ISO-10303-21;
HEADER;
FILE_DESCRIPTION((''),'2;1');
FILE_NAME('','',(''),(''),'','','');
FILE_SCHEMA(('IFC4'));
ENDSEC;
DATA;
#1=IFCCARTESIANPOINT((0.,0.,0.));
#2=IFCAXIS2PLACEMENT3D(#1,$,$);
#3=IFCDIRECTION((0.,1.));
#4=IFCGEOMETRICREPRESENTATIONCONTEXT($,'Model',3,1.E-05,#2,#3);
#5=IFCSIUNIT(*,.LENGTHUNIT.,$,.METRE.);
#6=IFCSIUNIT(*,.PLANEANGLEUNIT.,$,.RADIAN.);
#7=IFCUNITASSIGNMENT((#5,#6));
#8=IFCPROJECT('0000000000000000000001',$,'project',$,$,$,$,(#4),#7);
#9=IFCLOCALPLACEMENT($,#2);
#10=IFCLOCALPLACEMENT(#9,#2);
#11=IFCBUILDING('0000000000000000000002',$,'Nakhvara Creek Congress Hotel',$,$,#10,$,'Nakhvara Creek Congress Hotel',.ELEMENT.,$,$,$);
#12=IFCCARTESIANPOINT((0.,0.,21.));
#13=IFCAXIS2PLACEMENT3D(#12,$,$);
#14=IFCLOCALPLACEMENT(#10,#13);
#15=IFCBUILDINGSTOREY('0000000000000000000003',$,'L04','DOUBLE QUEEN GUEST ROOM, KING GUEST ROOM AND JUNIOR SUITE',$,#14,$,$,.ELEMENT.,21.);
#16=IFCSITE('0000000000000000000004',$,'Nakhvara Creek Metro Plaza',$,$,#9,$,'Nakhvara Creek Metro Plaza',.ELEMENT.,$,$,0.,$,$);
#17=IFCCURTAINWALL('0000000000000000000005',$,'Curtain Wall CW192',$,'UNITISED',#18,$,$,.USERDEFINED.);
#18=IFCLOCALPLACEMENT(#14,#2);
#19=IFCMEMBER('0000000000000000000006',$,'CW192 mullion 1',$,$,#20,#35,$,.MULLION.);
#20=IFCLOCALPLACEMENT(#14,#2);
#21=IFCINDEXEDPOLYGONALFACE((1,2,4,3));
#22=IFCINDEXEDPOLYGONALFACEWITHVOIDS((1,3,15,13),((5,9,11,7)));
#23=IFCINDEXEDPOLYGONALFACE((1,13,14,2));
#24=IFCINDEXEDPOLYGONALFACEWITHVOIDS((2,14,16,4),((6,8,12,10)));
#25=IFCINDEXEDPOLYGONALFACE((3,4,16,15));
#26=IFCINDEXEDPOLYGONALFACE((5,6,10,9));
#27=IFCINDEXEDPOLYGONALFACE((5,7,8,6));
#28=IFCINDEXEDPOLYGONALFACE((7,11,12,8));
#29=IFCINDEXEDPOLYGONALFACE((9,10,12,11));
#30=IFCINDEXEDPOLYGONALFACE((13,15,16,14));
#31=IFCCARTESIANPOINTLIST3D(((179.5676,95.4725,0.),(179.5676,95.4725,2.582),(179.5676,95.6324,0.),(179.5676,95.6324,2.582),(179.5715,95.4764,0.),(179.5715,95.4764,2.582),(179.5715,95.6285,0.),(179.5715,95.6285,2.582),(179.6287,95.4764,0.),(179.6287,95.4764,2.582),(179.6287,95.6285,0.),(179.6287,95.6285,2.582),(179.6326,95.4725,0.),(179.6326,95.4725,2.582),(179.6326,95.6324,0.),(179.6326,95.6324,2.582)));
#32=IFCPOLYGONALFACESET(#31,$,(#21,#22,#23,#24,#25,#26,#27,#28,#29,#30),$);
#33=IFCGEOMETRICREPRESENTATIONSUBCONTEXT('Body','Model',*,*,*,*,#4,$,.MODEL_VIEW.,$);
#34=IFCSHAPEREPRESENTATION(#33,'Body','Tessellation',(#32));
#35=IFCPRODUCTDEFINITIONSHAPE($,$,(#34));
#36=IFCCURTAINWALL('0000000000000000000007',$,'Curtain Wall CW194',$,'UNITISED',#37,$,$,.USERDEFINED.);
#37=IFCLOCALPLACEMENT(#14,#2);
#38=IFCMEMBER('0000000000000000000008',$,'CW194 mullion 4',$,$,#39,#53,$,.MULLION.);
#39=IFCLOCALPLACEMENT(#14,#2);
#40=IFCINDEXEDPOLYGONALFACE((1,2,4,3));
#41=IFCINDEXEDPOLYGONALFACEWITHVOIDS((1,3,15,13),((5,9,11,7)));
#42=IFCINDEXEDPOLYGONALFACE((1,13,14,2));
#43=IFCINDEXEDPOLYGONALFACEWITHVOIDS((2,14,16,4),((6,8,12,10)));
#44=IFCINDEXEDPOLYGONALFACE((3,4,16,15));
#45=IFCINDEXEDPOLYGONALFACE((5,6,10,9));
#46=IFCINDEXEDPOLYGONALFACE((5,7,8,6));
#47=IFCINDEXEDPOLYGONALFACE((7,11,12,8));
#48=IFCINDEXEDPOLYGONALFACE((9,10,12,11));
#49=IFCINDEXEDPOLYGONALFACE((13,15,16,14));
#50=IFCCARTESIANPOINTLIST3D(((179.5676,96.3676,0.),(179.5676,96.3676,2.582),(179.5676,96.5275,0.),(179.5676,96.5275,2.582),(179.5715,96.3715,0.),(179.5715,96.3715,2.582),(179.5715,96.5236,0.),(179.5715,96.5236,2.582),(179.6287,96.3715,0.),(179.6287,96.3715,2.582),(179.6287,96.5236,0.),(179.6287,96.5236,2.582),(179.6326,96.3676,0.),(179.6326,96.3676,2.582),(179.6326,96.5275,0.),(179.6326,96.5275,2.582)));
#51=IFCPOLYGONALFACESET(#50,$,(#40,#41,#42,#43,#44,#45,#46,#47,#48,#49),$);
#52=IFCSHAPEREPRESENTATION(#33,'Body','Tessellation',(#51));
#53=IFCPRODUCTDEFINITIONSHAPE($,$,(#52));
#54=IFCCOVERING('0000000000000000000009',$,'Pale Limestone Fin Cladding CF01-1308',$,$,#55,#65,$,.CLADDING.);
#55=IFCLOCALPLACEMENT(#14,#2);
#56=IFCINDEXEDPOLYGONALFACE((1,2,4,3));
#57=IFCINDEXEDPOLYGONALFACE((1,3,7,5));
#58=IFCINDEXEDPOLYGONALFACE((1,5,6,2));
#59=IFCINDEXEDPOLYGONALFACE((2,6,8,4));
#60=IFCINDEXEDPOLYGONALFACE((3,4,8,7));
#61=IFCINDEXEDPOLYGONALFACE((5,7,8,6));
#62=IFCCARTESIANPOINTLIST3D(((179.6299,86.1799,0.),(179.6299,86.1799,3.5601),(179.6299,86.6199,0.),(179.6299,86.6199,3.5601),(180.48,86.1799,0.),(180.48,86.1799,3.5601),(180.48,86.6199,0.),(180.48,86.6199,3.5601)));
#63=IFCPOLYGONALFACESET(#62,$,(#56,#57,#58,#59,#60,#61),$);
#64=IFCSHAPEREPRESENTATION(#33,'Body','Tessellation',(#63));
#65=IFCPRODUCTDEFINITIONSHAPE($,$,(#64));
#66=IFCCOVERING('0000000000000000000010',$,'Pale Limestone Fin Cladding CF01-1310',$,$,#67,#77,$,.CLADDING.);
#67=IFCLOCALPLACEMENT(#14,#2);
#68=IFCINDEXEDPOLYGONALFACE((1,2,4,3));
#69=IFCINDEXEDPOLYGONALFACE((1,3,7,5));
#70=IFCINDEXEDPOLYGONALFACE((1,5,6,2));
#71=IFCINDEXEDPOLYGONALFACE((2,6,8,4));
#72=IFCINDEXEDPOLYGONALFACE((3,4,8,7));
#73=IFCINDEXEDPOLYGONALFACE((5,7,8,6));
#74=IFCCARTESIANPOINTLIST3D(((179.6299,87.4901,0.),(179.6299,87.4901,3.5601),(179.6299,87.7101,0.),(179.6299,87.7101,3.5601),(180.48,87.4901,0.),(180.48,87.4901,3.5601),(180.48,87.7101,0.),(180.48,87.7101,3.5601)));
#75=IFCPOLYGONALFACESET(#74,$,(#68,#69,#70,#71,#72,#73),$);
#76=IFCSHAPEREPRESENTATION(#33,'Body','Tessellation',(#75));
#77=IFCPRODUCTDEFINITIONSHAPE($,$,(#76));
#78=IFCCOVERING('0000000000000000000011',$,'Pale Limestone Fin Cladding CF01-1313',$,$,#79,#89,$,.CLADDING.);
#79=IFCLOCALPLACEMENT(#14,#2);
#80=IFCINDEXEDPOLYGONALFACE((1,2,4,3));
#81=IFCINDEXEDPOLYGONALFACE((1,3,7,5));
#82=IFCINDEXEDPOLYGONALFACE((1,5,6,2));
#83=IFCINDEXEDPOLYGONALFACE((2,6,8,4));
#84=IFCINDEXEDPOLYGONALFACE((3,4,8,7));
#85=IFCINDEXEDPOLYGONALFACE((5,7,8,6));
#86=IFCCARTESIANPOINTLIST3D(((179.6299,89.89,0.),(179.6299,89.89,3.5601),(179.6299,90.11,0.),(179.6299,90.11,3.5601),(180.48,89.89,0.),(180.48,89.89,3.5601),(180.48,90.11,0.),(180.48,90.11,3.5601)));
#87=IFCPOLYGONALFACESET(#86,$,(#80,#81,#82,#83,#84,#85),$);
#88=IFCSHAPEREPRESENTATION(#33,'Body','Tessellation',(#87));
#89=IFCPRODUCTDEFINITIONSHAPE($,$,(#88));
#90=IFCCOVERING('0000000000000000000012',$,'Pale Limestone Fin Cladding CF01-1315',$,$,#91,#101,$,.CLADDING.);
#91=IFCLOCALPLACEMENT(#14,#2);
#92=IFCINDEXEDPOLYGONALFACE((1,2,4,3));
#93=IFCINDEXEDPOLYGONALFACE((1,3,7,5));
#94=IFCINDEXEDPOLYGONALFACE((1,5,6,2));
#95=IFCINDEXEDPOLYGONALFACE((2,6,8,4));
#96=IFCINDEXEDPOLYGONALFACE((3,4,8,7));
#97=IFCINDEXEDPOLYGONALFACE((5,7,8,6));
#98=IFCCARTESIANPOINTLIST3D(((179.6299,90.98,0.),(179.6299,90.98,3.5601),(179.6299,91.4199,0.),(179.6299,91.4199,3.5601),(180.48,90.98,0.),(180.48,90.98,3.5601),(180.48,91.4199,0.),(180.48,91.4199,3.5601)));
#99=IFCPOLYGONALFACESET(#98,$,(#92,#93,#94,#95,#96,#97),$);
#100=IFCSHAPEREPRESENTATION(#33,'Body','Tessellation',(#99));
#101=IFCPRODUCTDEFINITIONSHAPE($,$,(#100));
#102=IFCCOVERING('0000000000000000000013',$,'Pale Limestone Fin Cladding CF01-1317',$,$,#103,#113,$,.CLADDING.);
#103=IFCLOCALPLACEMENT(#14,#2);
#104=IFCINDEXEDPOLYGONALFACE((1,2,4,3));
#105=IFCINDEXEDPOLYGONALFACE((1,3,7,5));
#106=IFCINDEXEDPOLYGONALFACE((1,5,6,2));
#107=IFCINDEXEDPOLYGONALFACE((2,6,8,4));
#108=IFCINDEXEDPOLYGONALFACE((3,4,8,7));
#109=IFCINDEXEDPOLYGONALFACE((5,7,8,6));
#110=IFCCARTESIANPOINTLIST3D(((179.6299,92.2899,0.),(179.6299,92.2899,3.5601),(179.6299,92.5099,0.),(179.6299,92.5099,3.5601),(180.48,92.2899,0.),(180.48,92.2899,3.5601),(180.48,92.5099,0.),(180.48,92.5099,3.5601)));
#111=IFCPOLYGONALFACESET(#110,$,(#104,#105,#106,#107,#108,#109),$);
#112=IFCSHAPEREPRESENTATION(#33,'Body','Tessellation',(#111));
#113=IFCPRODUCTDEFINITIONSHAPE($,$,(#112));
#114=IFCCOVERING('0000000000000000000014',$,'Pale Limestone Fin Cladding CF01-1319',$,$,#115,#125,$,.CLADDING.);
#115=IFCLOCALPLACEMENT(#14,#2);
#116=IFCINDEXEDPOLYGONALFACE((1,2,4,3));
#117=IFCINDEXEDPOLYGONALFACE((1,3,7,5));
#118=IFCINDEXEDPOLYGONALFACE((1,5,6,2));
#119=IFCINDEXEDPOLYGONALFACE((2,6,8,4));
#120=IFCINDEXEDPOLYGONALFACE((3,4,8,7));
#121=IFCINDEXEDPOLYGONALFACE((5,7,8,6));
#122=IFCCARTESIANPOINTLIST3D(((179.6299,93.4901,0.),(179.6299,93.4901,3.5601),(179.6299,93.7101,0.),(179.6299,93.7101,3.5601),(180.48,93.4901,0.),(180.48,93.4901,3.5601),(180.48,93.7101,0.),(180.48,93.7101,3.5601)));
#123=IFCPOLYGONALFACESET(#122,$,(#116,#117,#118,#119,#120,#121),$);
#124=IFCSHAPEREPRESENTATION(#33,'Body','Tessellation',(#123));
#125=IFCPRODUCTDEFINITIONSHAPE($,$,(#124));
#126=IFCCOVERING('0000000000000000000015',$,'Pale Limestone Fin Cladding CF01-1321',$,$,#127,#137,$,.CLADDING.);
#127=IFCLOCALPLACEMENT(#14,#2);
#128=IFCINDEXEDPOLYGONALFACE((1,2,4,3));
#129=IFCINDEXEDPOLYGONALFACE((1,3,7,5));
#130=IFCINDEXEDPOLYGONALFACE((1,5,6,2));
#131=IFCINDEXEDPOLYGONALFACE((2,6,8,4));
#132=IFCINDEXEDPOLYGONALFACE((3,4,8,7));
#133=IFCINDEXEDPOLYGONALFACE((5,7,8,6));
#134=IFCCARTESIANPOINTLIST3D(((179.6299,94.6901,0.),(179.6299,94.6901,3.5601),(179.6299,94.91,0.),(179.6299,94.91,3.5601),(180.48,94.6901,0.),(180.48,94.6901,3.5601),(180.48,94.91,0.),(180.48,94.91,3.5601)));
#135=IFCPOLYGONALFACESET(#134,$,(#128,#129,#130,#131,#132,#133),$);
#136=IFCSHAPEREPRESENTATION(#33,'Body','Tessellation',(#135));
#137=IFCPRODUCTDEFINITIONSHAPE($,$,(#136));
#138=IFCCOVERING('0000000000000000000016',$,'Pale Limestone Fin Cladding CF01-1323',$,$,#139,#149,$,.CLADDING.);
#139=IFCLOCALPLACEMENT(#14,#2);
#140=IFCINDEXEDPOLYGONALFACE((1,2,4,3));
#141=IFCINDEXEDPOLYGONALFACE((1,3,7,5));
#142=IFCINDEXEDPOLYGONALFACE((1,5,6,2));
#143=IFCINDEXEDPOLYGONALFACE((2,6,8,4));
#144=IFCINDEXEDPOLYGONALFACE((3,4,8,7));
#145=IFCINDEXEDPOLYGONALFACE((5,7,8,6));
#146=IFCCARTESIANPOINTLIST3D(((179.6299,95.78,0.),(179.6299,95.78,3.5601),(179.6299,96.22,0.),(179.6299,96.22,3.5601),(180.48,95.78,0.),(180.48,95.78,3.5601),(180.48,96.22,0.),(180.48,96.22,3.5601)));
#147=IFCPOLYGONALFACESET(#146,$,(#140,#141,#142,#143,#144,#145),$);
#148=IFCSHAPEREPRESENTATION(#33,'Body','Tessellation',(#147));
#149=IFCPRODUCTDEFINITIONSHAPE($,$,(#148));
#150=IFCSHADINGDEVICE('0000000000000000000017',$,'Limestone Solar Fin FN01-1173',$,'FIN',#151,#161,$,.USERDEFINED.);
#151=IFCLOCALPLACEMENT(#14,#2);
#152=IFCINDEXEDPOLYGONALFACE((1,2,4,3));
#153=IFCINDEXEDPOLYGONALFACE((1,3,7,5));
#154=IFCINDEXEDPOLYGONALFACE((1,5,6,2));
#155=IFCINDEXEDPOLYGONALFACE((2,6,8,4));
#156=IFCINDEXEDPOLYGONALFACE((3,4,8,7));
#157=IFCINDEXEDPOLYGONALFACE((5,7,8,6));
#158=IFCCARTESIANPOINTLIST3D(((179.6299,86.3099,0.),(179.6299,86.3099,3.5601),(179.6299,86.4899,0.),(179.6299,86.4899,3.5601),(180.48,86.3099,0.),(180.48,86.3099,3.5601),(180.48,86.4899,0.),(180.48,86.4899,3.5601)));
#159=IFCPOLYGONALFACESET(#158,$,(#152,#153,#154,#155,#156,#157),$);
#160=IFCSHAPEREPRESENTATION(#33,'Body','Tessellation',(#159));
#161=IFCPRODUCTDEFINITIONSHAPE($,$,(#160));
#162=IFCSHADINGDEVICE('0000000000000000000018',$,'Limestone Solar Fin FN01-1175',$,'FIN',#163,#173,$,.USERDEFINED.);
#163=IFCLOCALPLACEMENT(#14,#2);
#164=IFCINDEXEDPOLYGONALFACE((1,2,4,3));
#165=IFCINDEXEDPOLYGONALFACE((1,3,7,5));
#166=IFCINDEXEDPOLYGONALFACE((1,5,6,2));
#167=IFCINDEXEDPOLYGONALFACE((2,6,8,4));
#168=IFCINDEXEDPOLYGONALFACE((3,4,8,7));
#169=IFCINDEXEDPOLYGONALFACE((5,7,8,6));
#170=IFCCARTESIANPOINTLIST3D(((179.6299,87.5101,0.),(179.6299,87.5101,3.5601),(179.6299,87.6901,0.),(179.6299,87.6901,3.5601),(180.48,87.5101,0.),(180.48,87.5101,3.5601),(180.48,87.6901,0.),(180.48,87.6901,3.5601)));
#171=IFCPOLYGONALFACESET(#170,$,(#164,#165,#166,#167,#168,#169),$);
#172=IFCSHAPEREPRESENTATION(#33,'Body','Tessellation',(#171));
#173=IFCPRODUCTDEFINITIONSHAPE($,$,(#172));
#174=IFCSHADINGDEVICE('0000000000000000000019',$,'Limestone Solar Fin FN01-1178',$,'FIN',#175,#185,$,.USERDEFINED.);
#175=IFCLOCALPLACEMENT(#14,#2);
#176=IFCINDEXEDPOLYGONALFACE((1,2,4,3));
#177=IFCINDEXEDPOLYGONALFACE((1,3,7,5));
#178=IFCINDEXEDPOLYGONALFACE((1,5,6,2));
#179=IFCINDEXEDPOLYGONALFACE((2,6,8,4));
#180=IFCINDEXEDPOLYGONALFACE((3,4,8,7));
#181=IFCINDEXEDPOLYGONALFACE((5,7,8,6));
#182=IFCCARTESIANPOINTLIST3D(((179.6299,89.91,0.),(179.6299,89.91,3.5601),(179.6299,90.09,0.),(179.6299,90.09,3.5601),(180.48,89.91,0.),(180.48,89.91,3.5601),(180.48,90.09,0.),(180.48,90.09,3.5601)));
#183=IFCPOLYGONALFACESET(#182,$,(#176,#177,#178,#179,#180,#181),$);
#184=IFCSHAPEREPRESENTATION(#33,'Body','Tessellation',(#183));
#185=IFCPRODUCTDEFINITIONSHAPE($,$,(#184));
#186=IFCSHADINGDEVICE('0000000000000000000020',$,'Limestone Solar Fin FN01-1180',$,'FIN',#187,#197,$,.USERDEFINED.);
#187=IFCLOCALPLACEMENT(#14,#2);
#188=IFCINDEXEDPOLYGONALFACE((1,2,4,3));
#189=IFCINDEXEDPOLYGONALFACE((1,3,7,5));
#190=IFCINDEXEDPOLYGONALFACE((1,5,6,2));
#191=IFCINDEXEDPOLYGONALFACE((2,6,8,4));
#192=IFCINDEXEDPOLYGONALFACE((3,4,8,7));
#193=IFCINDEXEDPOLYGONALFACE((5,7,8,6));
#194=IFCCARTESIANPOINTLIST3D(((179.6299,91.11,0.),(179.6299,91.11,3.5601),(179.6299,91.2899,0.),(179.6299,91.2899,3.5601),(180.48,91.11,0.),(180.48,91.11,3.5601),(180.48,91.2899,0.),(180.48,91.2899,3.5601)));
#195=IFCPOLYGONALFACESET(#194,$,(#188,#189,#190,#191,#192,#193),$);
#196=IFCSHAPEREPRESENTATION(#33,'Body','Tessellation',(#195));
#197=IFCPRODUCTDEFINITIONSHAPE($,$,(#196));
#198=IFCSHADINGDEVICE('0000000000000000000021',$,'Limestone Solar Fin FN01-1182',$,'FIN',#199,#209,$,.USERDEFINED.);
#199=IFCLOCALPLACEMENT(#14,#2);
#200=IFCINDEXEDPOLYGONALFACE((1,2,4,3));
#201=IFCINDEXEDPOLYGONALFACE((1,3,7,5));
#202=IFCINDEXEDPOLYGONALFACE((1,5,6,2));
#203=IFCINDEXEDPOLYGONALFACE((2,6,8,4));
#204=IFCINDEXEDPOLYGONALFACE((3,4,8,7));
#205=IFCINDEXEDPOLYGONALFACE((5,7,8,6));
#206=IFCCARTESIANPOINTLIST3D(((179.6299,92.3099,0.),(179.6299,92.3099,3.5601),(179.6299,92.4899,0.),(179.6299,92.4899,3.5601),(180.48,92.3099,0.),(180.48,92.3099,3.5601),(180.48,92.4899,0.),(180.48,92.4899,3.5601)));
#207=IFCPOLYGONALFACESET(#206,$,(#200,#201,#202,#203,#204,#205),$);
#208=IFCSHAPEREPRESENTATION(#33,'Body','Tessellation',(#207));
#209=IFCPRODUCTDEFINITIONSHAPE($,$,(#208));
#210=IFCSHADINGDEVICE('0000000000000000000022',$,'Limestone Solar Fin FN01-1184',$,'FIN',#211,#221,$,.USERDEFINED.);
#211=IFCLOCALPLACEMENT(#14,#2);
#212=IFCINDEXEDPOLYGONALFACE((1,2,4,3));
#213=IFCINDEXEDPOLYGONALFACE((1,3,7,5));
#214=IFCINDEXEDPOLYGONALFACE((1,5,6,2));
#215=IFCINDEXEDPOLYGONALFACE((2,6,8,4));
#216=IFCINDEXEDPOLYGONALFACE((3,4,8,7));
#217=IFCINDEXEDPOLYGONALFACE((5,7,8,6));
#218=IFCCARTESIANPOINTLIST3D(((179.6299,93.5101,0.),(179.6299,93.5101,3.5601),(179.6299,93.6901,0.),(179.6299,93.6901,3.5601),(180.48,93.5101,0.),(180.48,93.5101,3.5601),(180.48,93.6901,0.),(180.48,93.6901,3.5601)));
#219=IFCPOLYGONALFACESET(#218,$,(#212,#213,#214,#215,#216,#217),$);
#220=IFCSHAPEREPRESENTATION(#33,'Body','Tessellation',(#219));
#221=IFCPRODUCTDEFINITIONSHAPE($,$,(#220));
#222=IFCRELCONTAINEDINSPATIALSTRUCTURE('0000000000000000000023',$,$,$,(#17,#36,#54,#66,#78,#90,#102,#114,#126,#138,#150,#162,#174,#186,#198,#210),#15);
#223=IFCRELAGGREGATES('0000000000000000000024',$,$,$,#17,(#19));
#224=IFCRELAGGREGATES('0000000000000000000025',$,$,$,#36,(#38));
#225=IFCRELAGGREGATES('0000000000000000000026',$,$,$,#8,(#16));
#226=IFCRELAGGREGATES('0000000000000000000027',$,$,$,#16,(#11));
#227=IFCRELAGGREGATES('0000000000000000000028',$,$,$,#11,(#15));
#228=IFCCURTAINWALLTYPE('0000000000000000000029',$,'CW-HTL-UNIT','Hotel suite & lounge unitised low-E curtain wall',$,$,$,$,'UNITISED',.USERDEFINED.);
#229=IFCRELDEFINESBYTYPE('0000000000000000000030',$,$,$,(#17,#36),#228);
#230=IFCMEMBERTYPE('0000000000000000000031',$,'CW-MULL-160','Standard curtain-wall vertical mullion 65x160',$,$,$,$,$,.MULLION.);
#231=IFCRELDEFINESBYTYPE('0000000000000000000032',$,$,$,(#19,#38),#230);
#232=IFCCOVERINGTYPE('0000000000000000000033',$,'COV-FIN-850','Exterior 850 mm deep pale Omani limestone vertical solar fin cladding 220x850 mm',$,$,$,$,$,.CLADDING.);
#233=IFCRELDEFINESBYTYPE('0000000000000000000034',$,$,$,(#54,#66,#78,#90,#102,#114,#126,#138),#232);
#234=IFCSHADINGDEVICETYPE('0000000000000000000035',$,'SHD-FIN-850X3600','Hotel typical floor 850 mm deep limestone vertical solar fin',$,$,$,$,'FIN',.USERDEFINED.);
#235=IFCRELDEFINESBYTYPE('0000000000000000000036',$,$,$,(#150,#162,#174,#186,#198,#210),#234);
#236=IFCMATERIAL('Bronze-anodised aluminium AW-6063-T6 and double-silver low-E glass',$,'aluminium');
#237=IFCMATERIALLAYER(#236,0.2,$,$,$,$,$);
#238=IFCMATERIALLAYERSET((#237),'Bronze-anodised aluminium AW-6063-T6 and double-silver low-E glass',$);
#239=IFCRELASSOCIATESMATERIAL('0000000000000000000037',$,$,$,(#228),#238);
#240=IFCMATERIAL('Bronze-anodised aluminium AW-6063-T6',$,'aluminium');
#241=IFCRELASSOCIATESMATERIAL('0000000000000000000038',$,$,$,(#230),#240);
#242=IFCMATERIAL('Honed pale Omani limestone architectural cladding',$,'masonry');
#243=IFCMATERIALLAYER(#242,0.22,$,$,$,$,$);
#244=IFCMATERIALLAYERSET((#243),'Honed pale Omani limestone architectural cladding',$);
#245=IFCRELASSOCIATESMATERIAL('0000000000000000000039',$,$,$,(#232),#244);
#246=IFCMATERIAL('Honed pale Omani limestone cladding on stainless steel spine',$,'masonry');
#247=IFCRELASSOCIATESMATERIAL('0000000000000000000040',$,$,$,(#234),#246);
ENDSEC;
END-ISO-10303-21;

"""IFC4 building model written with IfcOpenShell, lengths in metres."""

from ifc_helpers import new_model, si_unit, direction, frame, origin, origin_2d, place, context, subcontext, project, spatial, rectangle, hollow_rectangle, extrude, material, layer, layer_set, material_profile, profile_set, type_object, element, aggregate, save


model = new_model("IFC4")

# Units and contexts
model_context = context("Model", 3, precision=1e-05, world=origin(), true_north=direction((0.0, 1.0)))
body_context = subcontext(model_context, "Body", "Model", "MODEL_VIEW")
ifc_project = project(units=[si_unit("LENGTHUNIT", "METRE"), si_unit("PLANEANGLEUNIT", "RADIAN")], contexts=[model_context])

# Site, building, storey
site_placement = place(None, origin())
site = spatial("IfcSite", under=ifc_project, at=site_placement, Name="Nakhvara Creek Metro Plaza", LongName="Nakhvara Creek Metro Plaza", CompositionType="ELEMENT", RefElevation=0.0)
building_placement = place(site_placement, origin())
building = spatial("IfcBuilding", under=site, at=building_placement, Name="Nakhvara Creek Congress Hotel", LongName="Nakhvara Creek Congress Hotel", CompositionType="ELEMENT")
storey_placement = place(building_placement, frame((0.0, 0.0, 21.0)))
storey = spatial("IfcBuildingStorey", under=building, at=storey_placement, Name="L04", Description="DOUBLE QUEEN GUEST ROOM, KING GUEST ROOM AND JUNIOR SUITE", CompositionType="ELEMENT", Elevation=21.0)

# Curtain walls, members
ifc_material_1 = material(Name="Bronze-anodised aluminium AW-6063-T6 and double-silver low-E glass", Category="aluminium")
ifc_layer_1 = layer(ifc_material_1, 0.2)
ifc_layer_set_1 = layer_set([ifc_layer_1], Name="Bronze-anodised aluminium AW-6063-T6 and double-silver low-E glass")
curtain_wall_type = type_object("IfcCurtainWallType", Name="CW-HTL-UNIT", Description="Hotel suite & lounge unitised low-E curtain wall", ElementType="UNITISED", PredefinedType="USERDEFINED", material=ifc_layer_set_1)
curtain_wall_1_placement = place(storey_placement, origin())
curtain_wall_1 = element("IfcCurtainWall", 1, at=curtain_wall_1_placement, inside=storey, type_object=curtain_wall_type, Name="Curtain Wall CW192", ObjectType="UNITISED", PredefinedType="USERDEFINED")
ifc_material_2 = material(Name="Bronze-anodised aluminium AW-6063-T6", Category="aluminium")
ifc_material_profile = material_profile(ifc_material_2, hollow_rectangle(XDim=0.0649, YDim=0.1599, WallThickness=0.0039, at=origin_2d()), Name="ALU-MULL 65x160x4", Category="LoadBearing")
ifc_profile_set = profile_set([ifc_material_profile], Name="Bronze-anodised aluminium AW-6063-T6")
member_type = type_object("IfcMemberType", Name="CW-MULL-160", Description="Standard curtain-wall vertical mullion 65x160", PredefinedType="MULLION", material=ifc_profile_set)
member_1_placement = place(storey_placement, frame((179.6001, 95.5525, 0.0), z_axis=(0.0, 0.0, 1.0), x_axis=(1.0, 0.0, 0.0)))
member_1 = element("IfcMember", 2, at=member_1_placement, type_object=member_type, Name="CW192 mullion 1", PredefinedType="MULLION", context=body_context, shape_type="SweptSolid", body=[
    extrude(hollow_rectangle(XDim=0.0649, YDim=0.1599, WallThickness=0.0039, at=origin_2d()), origin(), (0.0, 0.0, 1.0), 2.582),
])
aggregate(curtain_wall_1, [member_1])
curtain_wall_2_placement = place(storey_placement, origin())
curtain_wall_2 = element("IfcCurtainWall", 3, at=curtain_wall_2_placement, inside=storey, type_object=curtain_wall_type, Name="Curtain Wall CW194", ObjectType="UNITISED", PredefinedType="USERDEFINED")
member_2_placement = place(storey_placement, frame((179.6001, 96.4475, 0.0), z_axis=(0.0, 0.0, 1.0), x_axis=(1.0, 0.0, 0.0)))
member_2 = element("IfcMember", 4, at=member_2_placement, type_object=member_type, Name="CW194 mullion 4", PredefinedType="MULLION", context=body_context, shape_type="SweptSolid", body=[
    extrude(hollow_rectangle(XDim=0.0649, YDim=0.1599, WallThickness=0.0039, at=origin_2d()), origin(), (0.0, 0.0, 1.0), 2.582),
])
aggregate(curtain_wall_2, [member_2])

# Coverings
ifc_material_3 = material(Name="Honed pale Omani limestone architectural cladding", Category="masonry")
ifc_layer_2 = layer(ifc_material_3, 0.22)
ifc_layer_set_2 = layer_set([ifc_layer_2], Name="Honed pale Omani limestone architectural cladding")
covering_type = type_object("IfcCoveringType", Name="COV-FIN-850", Description="Exterior 850 mm deep pale Omani limestone vertical solar fin cladding 220x850 mm", PredefinedType="CLADDING", material=ifc_layer_set_2)
covering_1_placement = place(storey_placement, frame((180.0549, 86.3999, 0.0), z_axis=(0.0, 0.0, 1.0), x_axis=(0.0, 1.0, 0.0)))
element("IfcCovering", 5, at=covering_1_placement, inside=storey, type_object=covering_type, Name="Pale Limestone Fin Cladding CF01-1308", PredefinedType="CLADDING", context=body_context, shape_type="SweptSolid", body=[
    extrude(rectangle(XDim=0.4399, YDim=0.8501, at=origin_2d()), origin(), (0.0, 0.0, 1.0), 3.5601),
])
for number, where, z_axis, x_axis, name in (
    (6, (180.0549, 87.6001, 0.0), (0.0, 0.0, 1.0), (0.0, 1.0, 0.0), "Pale Limestone Fin Cladding CF01-1310"),
    (7, (180.0549, 90.0, 0.0), (0.0, 0.0, 1.0), (0.0, 1.0, 0.0), "Pale Limestone Fin Cladding CF01-1313"),
):
    element("IfcCovering", number, at=place(storey_placement, frame(where, z_axis=z_axis, x_axis=x_axis)), inside=storey, type_object=covering_type, Name=name, PredefinedType="CLADDING", context=body_context, shape_type="SweptSolid", body=[
        extrude(rectangle(XDim=0.22, YDim=0.8501, at=origin_2d()), origin(), (0.0, 0.0, 1.0), 3.5601),
    ])
covering_2_placement = place(storey_placement, frame((180.0549, 91.2, 0.0), z_axis=(0.0, 0.0, 1.0), x_axis=(0.0, 1.0, 0.0)))
element("IfcCovering", 8, at=covering_2_placement, inside=storey, type_object=covering_type, Name="Pale Limestone Fin Cladding CF01-1315", PredefinedType="CLADDING", context=body_context, shape_type="SweptSolid", body=[
    extrude(rectangle(XDim=0.4399, YDim=0.8501, at=origin_2d()), origin(), (0.0, 0.0, 1.0), 3.5601),
])
for number, where, z_axis, x_axis, name in (
    (9, (180.0549, 92.3999, 0.0), (0.0, 0.0, 1.0), (0.0, 1.0, 0.0), "Pale Limestone Fin Cladding CF01-1317"),
    (10, (180.0549, 93.6001, 0.0), (0.0, 0.0, 1.0), (0.0, 1.0, 0.0), "Pale Limestone Fin Cladding CF01-1319"),
    (11, (180.0549, 94.8, 0.0), (0.0, 0.0, 1.0), (0.0, 1.0, 0.0), "Pale Limestone Fin Cladding CF01-1321"),
):
    element("IfcCovering", number, at=place(storey_placement, frame(where, z_axis=z_axis, x_axis=x_axis)), inside=storey, type_object=covering_type, Name=name, PredefinedType="CLADDING", context=body_context, shape_type="SweptSolid", body=[
        extrude(rectangle(XDim=0.22, YDim=0.8501, at=origin_2d()), origin(), (0.0, 0.0, 1.0), 3.5601),
    ])
covering_3_placement = place(storey_placement, frame((180.0549, 96.0, 0.0), z_axis=(0.0, 0.0, 1.0), x_axis=(0.0, 1.0, 0.0)))
element("IfcCovering", 12, at=covering_3_placement, inside=storey, type_object=covering_type, Name="Pale Limestone Fin Cladding CF01-1323", PredefinedType="CLADDING", context=body_context, shape_type="SweptSolid", body=[
    extrude(rectangle(XDim=0.4399, YDim=0.8501, at=origin_2d()), origin(), (0.0, 0.0, 1.0), 3.5601),
])

# Shading devices
ifc_material_4 = material(Name="Honed pale Omani limestone cladding on stainless steel spine", Category="masonry")
shading_device_type = type_object("IfcShadingDeviceType", Name="SHD-FIN-850X3600", Description="Hotel typical floor 850 mm deep limestone vertical solar fin", ElementType="FIN", PredefinedType="USERDEFINED", material=ifc_material_4)
for number, where, z_axis, x_axis, name in (
    (13, (180.0549, 86.3999, 0.0), (0.0, 0.0, 1.0), (0.0, 1.0, 0.0), "Limestone Solar Fin FN01-1173"),
    (14, (180.0549, 87.6001, 0.0), (0.0, 0.0, 1.0), (0.0, 1.0, 0.0), "Limestone Solar Fin FN01-1175"),
    (15, (180.0549, 90.0, 0.0), (0.0, 0.0, 1.0), (0.0, 1.0, 0.0), "Limestone Solar Fin FN01-1178"),
    (16, (180.0549, 91.2, 0.0), (0.0, 0.0, 1.0), (0.0, 1.0, 0.0), "Limestone Solar Fin FN01-1180"),
    (17, (180.0549, 92.3999, 0.0), (0.0, 0.0, 1.0), (0.0, 1.0, 0.0), "Limestone Solar Fin FN01-1182"),
    (18, (180.0549, 93.6001, 0.0), (0.0, 0.0, 1.0), (0.0, 1.0, 0.0), "Limestone Solar Fin FN01-1184"),
):
    element("IfcShadingDevice", number, at=place(storey_placement, frame(where, z_axis=z_axis, x_axis=x_axis)), inside=storey, type_object=shading_device_type, Name=name, ObjectType="FIN", PredefinedType="USERDEFINED", context=body_context, shape_type="SweptSolid", body=[
        extrude(rectangle(XDim=0.1799, YDim=0.8501, at=origin_2d()), origin(), (0.0, 0.0, 1.0), 3.5601),
    ])

save(model, "model.ifc")
